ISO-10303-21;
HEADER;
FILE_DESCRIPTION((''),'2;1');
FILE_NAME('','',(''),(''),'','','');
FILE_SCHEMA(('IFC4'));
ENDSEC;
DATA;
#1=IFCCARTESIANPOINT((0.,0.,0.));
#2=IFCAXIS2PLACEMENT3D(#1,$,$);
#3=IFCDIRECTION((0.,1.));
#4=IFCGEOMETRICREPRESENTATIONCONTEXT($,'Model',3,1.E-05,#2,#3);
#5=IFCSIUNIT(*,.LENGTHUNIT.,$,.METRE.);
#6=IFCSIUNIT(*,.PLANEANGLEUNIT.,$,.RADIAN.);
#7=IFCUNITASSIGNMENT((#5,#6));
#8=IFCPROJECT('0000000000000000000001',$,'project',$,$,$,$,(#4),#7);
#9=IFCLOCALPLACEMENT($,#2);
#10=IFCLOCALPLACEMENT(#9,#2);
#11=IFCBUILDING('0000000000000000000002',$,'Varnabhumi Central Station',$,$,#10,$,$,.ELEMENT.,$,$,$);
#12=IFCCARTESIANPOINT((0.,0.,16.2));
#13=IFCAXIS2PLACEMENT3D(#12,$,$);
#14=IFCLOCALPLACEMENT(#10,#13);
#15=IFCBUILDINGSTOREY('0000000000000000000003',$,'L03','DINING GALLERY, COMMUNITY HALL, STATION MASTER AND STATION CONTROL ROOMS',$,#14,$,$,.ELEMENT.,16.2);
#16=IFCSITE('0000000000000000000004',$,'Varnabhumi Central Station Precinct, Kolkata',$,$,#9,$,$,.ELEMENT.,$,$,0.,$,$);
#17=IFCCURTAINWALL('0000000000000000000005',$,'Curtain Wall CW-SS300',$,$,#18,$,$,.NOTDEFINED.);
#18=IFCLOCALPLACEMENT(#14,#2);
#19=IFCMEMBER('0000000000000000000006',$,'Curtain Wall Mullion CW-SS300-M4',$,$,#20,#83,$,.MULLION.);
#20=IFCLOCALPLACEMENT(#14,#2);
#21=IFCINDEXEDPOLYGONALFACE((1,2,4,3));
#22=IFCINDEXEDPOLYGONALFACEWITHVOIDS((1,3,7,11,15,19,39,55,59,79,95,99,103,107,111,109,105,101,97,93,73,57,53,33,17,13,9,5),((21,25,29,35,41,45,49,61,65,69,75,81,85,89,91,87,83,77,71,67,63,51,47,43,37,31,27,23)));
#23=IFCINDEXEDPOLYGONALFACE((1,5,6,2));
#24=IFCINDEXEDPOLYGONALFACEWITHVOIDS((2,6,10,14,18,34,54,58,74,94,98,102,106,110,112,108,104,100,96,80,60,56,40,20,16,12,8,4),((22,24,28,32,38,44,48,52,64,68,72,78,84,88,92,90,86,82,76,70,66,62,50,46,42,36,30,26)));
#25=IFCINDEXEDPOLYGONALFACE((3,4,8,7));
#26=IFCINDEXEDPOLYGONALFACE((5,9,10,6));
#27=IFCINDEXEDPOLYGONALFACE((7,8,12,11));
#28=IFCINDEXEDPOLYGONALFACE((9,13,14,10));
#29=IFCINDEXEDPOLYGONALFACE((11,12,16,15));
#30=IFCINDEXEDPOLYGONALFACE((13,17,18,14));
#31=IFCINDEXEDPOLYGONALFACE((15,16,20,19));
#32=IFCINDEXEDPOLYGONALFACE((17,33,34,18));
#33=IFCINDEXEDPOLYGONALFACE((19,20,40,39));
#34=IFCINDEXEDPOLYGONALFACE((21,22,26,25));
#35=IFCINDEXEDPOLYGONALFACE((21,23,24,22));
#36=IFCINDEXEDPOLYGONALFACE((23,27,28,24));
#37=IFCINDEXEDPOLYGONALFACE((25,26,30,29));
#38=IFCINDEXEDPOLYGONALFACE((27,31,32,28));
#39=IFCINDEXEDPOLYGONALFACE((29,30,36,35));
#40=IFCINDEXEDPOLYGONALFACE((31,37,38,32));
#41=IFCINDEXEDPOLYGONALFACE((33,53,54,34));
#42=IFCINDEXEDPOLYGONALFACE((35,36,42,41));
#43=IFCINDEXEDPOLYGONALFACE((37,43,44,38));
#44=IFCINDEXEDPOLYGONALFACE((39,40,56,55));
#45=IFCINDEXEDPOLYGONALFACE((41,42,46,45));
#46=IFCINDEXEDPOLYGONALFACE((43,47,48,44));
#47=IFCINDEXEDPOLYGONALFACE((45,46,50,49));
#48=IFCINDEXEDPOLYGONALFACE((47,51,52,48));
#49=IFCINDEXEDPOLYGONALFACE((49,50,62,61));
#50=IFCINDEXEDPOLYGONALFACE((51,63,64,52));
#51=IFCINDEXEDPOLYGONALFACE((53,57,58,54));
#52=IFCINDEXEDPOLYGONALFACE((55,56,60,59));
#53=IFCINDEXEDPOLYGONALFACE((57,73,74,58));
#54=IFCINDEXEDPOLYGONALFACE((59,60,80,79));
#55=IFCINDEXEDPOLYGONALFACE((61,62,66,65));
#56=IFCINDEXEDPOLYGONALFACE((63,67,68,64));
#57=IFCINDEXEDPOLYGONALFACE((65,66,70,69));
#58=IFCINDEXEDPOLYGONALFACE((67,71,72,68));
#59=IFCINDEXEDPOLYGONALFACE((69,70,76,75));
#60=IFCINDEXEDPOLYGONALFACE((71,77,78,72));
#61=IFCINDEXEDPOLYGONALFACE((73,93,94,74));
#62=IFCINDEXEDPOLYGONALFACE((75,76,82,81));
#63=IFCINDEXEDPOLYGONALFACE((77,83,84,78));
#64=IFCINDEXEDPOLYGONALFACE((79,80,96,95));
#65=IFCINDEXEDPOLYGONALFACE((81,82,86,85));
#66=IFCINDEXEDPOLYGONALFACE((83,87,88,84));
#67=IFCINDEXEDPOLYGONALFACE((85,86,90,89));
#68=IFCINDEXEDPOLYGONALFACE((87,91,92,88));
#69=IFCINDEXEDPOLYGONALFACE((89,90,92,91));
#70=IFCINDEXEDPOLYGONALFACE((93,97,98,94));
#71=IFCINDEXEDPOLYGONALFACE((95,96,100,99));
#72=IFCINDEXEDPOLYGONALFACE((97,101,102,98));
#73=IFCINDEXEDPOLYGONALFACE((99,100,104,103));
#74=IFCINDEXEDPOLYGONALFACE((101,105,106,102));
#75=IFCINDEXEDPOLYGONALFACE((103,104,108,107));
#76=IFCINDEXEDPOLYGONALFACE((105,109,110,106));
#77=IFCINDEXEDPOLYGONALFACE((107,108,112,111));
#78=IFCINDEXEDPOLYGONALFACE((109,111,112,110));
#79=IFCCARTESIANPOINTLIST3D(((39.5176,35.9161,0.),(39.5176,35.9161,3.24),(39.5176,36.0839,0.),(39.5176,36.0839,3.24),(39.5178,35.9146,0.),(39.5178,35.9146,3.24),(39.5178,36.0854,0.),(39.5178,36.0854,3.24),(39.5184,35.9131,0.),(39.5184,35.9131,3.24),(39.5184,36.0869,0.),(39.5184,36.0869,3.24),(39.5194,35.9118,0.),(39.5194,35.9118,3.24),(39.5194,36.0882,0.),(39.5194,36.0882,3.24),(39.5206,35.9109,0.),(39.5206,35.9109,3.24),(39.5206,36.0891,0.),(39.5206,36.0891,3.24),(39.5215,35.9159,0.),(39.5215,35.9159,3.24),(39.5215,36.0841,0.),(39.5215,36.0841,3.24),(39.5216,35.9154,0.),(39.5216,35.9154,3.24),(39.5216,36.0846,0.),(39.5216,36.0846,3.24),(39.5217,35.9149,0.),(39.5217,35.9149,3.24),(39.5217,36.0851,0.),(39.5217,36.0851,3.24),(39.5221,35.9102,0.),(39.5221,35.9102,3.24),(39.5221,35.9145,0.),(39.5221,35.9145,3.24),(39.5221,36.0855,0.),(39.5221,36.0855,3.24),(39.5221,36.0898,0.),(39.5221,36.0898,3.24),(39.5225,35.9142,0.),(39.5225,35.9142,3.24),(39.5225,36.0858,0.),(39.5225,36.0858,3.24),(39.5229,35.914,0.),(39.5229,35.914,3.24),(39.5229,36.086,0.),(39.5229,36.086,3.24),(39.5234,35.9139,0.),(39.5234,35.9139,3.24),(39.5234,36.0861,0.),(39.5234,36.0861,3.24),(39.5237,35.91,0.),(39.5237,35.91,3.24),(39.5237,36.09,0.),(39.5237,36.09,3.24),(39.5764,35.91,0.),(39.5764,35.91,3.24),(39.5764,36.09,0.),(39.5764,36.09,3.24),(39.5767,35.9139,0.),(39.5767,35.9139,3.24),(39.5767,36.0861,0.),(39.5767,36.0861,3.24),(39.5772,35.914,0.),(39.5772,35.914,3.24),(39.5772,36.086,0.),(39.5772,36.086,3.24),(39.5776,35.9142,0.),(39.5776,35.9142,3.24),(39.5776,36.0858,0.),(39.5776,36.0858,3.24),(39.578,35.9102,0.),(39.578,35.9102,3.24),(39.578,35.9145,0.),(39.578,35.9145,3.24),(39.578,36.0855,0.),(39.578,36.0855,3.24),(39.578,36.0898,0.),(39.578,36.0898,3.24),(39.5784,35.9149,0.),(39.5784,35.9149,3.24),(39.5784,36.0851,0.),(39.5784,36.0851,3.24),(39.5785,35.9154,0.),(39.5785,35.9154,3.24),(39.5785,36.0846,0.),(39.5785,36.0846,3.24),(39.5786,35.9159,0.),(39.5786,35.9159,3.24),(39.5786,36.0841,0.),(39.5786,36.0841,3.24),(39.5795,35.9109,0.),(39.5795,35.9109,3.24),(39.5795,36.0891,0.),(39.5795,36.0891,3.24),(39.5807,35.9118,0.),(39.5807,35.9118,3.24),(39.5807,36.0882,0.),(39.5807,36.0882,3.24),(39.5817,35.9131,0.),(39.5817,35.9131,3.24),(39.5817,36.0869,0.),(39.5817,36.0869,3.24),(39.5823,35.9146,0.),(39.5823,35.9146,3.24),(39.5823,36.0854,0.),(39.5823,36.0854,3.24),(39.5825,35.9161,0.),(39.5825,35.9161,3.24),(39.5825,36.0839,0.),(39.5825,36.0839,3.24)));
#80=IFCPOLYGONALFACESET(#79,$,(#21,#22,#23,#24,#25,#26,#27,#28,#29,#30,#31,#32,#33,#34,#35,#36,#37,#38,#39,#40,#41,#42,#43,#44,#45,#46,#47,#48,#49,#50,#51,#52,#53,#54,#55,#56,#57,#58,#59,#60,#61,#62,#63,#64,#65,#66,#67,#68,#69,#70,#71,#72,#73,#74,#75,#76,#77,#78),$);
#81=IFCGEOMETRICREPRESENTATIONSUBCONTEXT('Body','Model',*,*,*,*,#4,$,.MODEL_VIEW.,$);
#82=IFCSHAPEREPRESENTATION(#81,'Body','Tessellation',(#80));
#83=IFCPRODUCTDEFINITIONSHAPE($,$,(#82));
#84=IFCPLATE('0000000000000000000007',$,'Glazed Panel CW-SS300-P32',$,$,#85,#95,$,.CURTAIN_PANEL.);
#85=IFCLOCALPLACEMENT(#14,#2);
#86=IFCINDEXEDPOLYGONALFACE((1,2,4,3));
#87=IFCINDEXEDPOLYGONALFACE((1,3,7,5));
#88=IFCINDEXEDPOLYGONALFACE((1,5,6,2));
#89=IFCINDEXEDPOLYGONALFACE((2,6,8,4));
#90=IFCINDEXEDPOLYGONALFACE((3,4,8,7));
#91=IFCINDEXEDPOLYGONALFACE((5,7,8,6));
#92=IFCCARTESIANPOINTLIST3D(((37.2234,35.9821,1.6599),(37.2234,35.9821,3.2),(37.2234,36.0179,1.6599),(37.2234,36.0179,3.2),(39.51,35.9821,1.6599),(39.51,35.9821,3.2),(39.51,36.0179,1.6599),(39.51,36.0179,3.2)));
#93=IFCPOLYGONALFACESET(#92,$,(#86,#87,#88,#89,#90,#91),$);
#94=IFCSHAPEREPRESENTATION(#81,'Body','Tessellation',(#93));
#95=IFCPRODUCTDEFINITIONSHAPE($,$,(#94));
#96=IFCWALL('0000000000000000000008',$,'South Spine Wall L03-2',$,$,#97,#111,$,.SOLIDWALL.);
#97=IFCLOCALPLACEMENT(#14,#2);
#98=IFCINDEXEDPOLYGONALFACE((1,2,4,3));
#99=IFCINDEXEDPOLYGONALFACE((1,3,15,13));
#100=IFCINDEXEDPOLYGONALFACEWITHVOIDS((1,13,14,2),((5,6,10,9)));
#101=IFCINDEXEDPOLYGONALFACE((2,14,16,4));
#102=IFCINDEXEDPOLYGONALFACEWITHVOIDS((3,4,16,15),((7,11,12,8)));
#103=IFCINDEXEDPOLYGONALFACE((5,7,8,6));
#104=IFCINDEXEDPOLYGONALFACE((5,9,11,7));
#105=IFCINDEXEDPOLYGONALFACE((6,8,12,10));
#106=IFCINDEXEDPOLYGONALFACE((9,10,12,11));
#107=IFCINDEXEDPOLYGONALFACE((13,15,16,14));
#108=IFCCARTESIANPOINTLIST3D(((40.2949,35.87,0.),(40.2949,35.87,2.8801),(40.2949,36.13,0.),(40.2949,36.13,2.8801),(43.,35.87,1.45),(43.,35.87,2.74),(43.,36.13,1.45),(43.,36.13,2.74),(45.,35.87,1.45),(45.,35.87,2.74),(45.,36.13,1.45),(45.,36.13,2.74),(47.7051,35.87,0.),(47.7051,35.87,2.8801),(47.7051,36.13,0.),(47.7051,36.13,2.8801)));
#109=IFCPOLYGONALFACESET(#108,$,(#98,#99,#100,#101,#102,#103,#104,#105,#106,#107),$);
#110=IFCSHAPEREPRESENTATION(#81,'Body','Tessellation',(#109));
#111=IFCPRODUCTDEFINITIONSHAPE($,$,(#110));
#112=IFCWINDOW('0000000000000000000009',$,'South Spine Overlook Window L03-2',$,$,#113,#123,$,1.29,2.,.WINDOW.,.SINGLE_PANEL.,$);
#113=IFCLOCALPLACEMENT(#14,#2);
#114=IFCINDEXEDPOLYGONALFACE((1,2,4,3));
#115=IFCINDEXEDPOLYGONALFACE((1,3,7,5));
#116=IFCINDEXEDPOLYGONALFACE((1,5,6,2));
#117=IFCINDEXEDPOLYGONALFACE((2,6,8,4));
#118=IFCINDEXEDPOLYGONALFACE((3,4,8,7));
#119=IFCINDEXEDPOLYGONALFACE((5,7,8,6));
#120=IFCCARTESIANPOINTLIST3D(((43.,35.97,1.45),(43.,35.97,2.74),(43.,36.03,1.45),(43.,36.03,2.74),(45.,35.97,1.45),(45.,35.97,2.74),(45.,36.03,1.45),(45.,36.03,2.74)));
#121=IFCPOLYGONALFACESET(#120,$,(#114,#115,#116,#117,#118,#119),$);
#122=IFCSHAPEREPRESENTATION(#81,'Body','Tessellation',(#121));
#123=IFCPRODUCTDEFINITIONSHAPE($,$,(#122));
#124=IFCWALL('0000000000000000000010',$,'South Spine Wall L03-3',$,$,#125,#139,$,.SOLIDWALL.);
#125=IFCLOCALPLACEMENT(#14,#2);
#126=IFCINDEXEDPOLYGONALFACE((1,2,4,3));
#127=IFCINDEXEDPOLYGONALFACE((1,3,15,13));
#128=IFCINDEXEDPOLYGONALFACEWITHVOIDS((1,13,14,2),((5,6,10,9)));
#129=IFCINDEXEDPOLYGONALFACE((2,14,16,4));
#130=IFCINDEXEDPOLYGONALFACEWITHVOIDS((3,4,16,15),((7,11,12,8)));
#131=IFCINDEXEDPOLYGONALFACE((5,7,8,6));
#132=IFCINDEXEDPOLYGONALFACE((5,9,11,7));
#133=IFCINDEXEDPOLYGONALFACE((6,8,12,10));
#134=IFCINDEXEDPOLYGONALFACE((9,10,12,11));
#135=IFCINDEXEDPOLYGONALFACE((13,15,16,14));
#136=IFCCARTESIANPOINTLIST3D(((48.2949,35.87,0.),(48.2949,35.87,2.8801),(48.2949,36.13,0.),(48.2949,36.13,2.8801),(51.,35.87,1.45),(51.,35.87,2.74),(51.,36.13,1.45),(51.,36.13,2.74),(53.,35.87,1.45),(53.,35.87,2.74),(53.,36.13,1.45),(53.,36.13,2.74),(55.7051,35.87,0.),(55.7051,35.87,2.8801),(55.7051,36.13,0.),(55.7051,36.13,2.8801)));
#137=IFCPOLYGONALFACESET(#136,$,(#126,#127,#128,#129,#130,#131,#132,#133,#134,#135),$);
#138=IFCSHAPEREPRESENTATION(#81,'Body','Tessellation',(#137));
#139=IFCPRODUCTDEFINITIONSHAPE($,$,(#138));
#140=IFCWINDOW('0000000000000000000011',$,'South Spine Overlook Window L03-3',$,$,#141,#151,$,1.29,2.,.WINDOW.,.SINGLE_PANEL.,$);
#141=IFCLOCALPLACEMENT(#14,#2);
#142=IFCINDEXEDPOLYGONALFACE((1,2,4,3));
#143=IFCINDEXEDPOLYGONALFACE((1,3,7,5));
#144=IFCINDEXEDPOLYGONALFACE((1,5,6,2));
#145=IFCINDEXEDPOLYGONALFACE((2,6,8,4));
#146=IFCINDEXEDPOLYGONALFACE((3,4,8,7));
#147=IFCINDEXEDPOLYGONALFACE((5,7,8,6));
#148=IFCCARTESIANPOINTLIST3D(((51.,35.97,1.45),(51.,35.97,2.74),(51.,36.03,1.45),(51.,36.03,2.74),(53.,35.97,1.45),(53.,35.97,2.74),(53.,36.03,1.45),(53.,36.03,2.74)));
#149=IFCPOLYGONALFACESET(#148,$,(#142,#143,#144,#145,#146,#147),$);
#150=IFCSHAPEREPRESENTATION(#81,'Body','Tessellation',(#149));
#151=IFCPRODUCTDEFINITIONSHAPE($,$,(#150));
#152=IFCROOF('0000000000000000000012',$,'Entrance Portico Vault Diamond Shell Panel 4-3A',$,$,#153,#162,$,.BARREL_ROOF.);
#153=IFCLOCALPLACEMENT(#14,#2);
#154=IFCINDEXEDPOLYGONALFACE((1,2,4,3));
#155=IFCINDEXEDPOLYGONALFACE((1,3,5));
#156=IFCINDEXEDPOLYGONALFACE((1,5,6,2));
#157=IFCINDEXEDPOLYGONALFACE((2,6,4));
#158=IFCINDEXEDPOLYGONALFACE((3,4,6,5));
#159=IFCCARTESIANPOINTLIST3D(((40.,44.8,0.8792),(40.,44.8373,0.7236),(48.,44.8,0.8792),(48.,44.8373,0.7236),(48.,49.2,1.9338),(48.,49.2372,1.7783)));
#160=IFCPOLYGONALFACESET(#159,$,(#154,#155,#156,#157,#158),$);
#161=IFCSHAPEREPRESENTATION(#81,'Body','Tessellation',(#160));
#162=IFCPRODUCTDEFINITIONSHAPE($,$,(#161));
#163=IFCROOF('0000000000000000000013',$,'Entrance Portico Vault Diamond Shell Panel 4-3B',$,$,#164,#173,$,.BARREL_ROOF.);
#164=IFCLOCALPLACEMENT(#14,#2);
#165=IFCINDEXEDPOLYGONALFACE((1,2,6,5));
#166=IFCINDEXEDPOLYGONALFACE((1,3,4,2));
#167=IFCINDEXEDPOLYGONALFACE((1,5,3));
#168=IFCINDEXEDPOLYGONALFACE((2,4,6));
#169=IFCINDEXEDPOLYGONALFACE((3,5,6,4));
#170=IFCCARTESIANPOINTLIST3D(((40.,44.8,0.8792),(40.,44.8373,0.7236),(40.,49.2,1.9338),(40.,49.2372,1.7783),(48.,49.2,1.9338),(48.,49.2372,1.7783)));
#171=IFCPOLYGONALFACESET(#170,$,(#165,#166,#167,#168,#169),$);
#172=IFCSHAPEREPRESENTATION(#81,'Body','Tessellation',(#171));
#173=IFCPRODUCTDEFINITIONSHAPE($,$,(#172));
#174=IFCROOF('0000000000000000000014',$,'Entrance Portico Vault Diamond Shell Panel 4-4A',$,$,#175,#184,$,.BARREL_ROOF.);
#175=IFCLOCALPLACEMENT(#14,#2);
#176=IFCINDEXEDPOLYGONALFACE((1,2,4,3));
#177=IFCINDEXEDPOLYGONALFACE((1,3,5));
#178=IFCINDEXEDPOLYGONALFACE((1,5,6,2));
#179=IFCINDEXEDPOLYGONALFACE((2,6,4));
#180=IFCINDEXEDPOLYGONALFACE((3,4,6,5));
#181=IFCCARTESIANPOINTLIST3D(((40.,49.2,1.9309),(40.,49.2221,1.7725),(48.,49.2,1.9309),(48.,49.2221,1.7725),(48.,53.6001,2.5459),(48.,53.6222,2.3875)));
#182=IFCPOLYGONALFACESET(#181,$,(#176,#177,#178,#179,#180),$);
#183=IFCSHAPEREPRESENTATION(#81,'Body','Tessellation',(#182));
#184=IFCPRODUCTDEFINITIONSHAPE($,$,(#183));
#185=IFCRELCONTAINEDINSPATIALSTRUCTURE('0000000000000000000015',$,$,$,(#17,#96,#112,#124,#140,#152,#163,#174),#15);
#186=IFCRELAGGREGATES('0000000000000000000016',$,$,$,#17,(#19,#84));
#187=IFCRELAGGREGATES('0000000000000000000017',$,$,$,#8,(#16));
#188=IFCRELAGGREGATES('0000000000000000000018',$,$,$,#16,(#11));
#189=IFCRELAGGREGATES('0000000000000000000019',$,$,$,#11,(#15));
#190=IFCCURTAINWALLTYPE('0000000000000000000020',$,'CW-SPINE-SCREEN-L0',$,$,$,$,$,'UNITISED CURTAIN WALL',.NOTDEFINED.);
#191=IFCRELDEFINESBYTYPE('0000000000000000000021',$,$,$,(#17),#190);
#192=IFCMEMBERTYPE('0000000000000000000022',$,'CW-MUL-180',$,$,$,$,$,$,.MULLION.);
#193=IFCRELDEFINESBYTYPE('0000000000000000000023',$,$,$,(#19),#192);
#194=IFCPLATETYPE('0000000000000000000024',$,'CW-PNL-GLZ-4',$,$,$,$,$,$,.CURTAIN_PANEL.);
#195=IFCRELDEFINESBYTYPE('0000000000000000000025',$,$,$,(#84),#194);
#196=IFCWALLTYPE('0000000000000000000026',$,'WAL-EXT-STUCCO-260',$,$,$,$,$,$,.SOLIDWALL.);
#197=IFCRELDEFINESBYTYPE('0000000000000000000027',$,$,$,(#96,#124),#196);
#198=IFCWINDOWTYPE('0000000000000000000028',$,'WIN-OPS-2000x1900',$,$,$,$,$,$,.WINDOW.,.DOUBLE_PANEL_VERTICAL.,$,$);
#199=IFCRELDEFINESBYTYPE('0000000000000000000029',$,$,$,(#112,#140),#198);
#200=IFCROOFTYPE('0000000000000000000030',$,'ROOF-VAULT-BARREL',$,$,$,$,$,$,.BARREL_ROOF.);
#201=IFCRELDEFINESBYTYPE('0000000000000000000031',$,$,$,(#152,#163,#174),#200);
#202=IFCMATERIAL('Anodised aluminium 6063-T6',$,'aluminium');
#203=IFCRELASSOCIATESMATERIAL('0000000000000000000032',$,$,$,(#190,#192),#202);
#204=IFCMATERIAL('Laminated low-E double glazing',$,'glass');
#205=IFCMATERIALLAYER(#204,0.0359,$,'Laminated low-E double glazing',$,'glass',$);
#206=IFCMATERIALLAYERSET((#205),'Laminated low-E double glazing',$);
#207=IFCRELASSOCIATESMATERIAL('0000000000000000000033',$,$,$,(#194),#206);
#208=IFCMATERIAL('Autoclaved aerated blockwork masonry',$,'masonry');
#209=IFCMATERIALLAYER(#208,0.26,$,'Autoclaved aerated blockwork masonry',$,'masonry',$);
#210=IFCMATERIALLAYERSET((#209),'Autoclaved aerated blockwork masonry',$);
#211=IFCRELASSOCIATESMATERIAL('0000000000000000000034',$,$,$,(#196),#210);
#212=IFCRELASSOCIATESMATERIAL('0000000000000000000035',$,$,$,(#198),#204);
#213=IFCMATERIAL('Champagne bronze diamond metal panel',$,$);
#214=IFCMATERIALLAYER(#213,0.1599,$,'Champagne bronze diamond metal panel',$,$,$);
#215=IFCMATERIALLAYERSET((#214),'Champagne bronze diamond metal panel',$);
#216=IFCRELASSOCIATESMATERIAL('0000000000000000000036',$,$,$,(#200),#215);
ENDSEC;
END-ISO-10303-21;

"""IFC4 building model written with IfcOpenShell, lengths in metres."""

from ifc_helpers import new_model, si_unit, direction, frame, frame_2d, origin, origin_2d, place, context, subcontext, project, spatial, polyline, rectangle, hollow_rectangle, outline, extrude, material, layer, layer_set, material_profile, profile_set, type_object, element, fill, aggregate, save


model = new_model("IFC4")

# Units and contexts
model_context = context("Model", 3, precision=1e-05, world=origin(), true_north=direction((0.0, 1.0)))
body_context = subcontext(model_context, "Body", "Model", "MODEL_VIEW")
ifc_project = project(units=[si_unit("LENGTHUNIT", "METRE"), si_unit("PLANEANGLEUNIT", "RADIAN")], contexts=[model_context])

# Site, building, storey
site_placement = place(None, origin())
site = spatial("IfcSite", under=ifc_project, at=site_placement, Name="Varnabhumi Central Station Precinct, Kolkata", CompositionType="ELEMENT", RefElevation=0.0)
building_placement = place(site_placement, origin())
building = spatial("IfcBuilding", under=site, at=building_placement, Name="Varnabhumi Central Station", CompositionType="ELEMENT")
storey_placement = place(building_placement, frame((0.0, 0.0, 16.2)))
storey = spatial("IfcBuildingStorey", under=building, at=storey_placement, Name="L03", Description="DINING GALLERY, COMMUNITY HALL, STATION MASTER AND STATION CONTROL ROOMS", CompositionType="ELEMENT", Elevation=16.2)

# Curtain wall, member, plate
ifc_material_1 = material(Name="Anodised aluminium 6063-T6", Category="aluminium")
curtain_wall_type = type_object("IfcCurtainWallType", Name="CW-SPINE-SCREEN-L0", ElementType="UNITISED CURTAIN WALL", PredefinedType="NOTDEFINED", material=ifc_material_1)
curtain_wall_placement = place(storey_placement, origin())
curtain_wall = element("IfcCurtainWall", 1, at=curtain_wall_placement, inside=storey, type_object=curtain_wall_type, Name="Curtain Wall CW-SS300", PredefinedType="NOTDEFINED")
ifc_material_profile_1 = material_profile(ifc_material_1, hollow_rectangle(XDim=0.0649, YDim=0.1799, WallThickness=0.0039, InnerFilletRadius=0.002, OuterFilletRadius=0.0061, at=origin_2d()), Name="Anodised aluminium 6063-T6", Category="aluminium")
ifc_profile_set_1 = profile_set([ifc_material_profile_1], Name="Anodised aluminium 6063-T6")
member_type = type_object("IfcMemberType", Name="CW-MUL-180", PredefinedType="MULLION", material=ifc_profile_set_1)
member_placement = place(storey_placement, frame((39.55, 36.0, 0.0), z_axis=(0.0, 0.0, 1.0), x_axis=(1.0, 0.0, 0.0)))
member = element("IfcMember", 2, at=member_placement, type_object=member_type, Name="Curtain Wall Mullion CW-SS300-M4", PredefinedType="MULLION", context=body_context, shape_type="SweptSolid", body=[
    extrude(hollow_rectangle(XDim=0.0649, YDim=0.1799, WallThickness=0.0039, InnerFilletRadius=0.002, OuterFilletRadius=0.0061, at=origin_2d()), origin(), (0.0, 0.0, 1.0), 3.24),
])
ifc_material_2 = material(Name="Laminated low-E double glazing", Category="glass")
ifc_layer_1 = layer(ifc_material_2, 0.0359, Name="Laminated low-E double glazing", Category="glass")
ifc_layer_set_1 = layer_set([ifc_layer_1], Name="Laminated low-E double glazing")
plate_type = type_object("IfcPlateType", Name="CW-PNL-GLZ-4", PredefinedType="CURTAIN_PANEL", material=ifc_layer_set_1)
plate_placement = place(storey_placement, frame((38.3667, 36.0, 1.6599), z_axis=(0.0, 0.0, 1.0), x_axis=(1.0, 0.0, 0.0)))
plate = element("IfcPlate", 3, at=plate_placement, type_object=plate_type, Name="Glazed Panel CW-SS300-P32", PredefinedType="CURTAIN_PANEL", context=body_context, shape_type="SweptSolid", body=[
    extrude(rectangle(XDim=2.2866, YDim=0.0359, at=origin_2d()), origin(), (0.0, 0.0, 1.0), 1.54),
])
aggregate(curtain_wall, [member, plate])

# Walls, openings, windows
ifc_material_3 = material(Name="Autoclaved aerated blockwork masonry", Category="masonry")
ifc_layer_2 = layer(ifc_material_3, 0.26, Name="Autoclaved aerated blockwork masonry", Category="masonry")
ifc_layer_set_2 = layer_set([ifc_layer_2], Name="Autoclaved aerated blockwork masonry")
wall_type = type_object("IfcWallType", Name="WAL-EXT-STUCCO-260", PredefinedType="SOLIDWALL", material=ifc_layer_set_2)
wall_1_placement = place(storey_placement, frame((40.2949, 36.0, 0.0), z_axis=(0.0, 0.0, 1.0), x_axis=(1.0, 0.0, 0.0)))
wall_1 = element("IfcWall", 4, at=wall_1_placement, inside=storey, type_object=wall_type, Name="South Spine Wall L03-2", PredefinedType="SOLIDWALL", context=body_context, shape_type="SweptSolid", body=[
    extrude(rectangle(XDim=7.4102, YDim=0.26, at=frame_2d((3.7051, 0.0))), origin(), (0.0, 0.0, 1.0), 2.8801),
])
opening_1_placement = place(wall_1_placement, frame((2.7051, 0.0, 1.45)))
opening_1 = element("IfcOpeningElement", 5, at=opening_1_placement, cuts=wall_1, PredefinedType="OPENING", context=body_context, shape_type="SweptSolid", body=[
    extrude(rectangle(XDim=2.0, YDim=1.29, at=frame_2d((1.0, 0.645))), frame((0.0, 0.1399, 0.0), z_axis=(0.0, -1.0, 0.0), x_axis=(1.0, 0.0, 0.0)), (0.0, 0.0, 1.0), 0.28),
])
window_type = type_object("IfcWindowType", Name="WIN-OPS-2000x1900", PartitioningType="DOUBLE_PANEL_VERTICAL", PredefinedType="WINDOW", material=ifc_material_2)
window_1_placement = place(opening_1_placement, origin())
window_1 = element("IfcWindow", 6, at=window_1_placement, inside=storey, type_object=window_type, Name="South Spine Overlook Window L03-2", OverallHeight=1.29, OverallWidth=2.0, PartitioningType="SINGLE_PANEL", PredefinedType="WINDOW", context=body_context, shape_type="SweptSolid", body=[
    extrude(rectangle(XDim=2.0, YDim=1.29, at=frame_2d((1.0, 0.645))), frame((0.0, 0.03, 0.0), z_axis=(0.0, -1.0, 0.0), x_axis=(1.0, 0.0, 0.0)), (0.0, 0.0, 1.0), 0.0601),
])
fill(opening_1, window_1)
wall_2_placement = place(storey_placement, frame((48.2949, 36.0, 0.0), z_axis=(0.0, 0.0, 1.0), x_axis=(1.0, 0.0, 0.0)))
wall_2 = element("IfcWall", 7, at=wall_2_placement, inside=storey, type_object=wall_type, Name="South Spine Wall L03-3", PredefinedType="SOLIDWALL", context=body_context, shape_type="SweptSolid", body=[
    extrude(rectangle(XDim=7.4102, YDim=0.26, at=frame_2d((3.7051, 0.0))), origin(), (0.0, 0.0, 1.0), 2.8801),
])
opening_2_placement = place(wall_2_placement, frame((2.7051, 0.0, 1.45)))
opening_2 = element("IfcOpeningElement", 8, at=opening_2_placement, cuts=wall_2, PredefinedType="OPENING", context=body_context, shape_type="SweptSolid", body=[
    extrude(rectangle(XDim=2.0, YDim=1.29, at=frame_2d((1.0, 0.645))), frame((0.0, 0.1399, 0.0), z_axis=(0.0, -1.0, 0.0), x_axis=(1.0, 0.0, 0.0)), (0.0, 0.0, 1.0), 0.28),
])
window_2_placement = place(opening_2_placement, origin())
window_2 = element("IfcWindow", 9, at=window_2_placement, inside=storey, type_object=window_type, Name="South Spine Overlook Window L03-3", OverallHeight=1.29, OverallWidth=2.0, PartitioningType="SINGLE_PANEL", PredefinedType="WINDOW", context=body_context, shape_type="SweptSolid", body=[
    extrude(rectangle(XDim=2.0, YDim=1.29, at=frame_2d((1.0, 0.645))), frame((0.0, 0.03, 0.0), z_axis=(0.0, -1.0, 0.0), x_axis=(1.0, 0.0, 0.0)), (0.0, 0.0, 1.0), 0.0601),
])
fill(opening_2, window_2)

# Roofs
ifc_material_4 = material(Name="Champagne bronze diamond metal panel")
ifc_layer_3 = layer(ifc_material_4, 0.1599, Name="Champagne bronze diamond metal panel")
ifc_layer_set_3 = layer_set([ifc_layer_3], Name="Champagne bronze diamond metal panel")
roof_type = type_object("IfcRoofType", Name="ROOF-VAULT-BARREL", PredefinedType="BARREL_ROOF", material=ifc_layer_set_3)
roof_1_placement = place(storey_placement, frame((40.0, 44.8, 0.8792), z_axis=(0.0, -0.233104, 0.972452), x_axis=(1.0, 0.0, 0.0)))
element("IfcRoof", 10, at=roof_1_placement, inside=storey, type_object=roof_type, Name="Entrance Portico Vault Diamond Shell Panel 4-3A", PredefinedType="BARREL_ROOF", context=body_context, shape_type="SweptSolid", body=[
    extrude(outline(polyline([(0.0, 0.0), (8.0, 0.0), (8.0, 4.5245), (0.0, 0.0)])), origin(), (0.0, 0.0, -1.0), 0.1599),
])
roof_2_placement = place(storey_placement, frame((40.0, 44.8, 0.8792), z_axis=(0.0, -0.233104, 0.972452), x_axis=(0.870432, 0.478727, 0.114754)))
element("IfcRoof", 11, at=roof_2_placement, inside=storey, type_object=roof_type, Name="Entrance Portico Vault Diamond Shell Panel 4-3B", PredefinedType="BARREL_ROOF", context=body_context, shape_type="SweptSolid", body=[
    extrude(outline(polyline([(0.0, 0.0), (9.1908, 0.0), (2.2274, 3.9383), (0.0, 0.0)])), origin(), (0.0, 0.0, -1.0), 0.1599),
])
roof_3_placement = place(storey_placement, frame((40.0, 49.2, 1.9309), z_axis=(0.0, -0.13842, 0.990374), x_axis=(1.0, 0.0, 0.0)))
element("IfcRoof", 12, at=roof_3_placement, inside=storey, type_object=roof_type, Name="Entrance Portico Vault Diamond Shell Panel 4-4A", PredefinedType="BARREL_ROOF", context=body_context, shape_type="SweptSolid", body=[
    extrude(outline(polyline([(0.0, 0.0), (8.0, 0.0), (8.0, 4.4429), (0.0, 0.0)])), origin(), (0.0, 0.0, -1.0), 0.1599),
])

save(model, "model.ifc")
